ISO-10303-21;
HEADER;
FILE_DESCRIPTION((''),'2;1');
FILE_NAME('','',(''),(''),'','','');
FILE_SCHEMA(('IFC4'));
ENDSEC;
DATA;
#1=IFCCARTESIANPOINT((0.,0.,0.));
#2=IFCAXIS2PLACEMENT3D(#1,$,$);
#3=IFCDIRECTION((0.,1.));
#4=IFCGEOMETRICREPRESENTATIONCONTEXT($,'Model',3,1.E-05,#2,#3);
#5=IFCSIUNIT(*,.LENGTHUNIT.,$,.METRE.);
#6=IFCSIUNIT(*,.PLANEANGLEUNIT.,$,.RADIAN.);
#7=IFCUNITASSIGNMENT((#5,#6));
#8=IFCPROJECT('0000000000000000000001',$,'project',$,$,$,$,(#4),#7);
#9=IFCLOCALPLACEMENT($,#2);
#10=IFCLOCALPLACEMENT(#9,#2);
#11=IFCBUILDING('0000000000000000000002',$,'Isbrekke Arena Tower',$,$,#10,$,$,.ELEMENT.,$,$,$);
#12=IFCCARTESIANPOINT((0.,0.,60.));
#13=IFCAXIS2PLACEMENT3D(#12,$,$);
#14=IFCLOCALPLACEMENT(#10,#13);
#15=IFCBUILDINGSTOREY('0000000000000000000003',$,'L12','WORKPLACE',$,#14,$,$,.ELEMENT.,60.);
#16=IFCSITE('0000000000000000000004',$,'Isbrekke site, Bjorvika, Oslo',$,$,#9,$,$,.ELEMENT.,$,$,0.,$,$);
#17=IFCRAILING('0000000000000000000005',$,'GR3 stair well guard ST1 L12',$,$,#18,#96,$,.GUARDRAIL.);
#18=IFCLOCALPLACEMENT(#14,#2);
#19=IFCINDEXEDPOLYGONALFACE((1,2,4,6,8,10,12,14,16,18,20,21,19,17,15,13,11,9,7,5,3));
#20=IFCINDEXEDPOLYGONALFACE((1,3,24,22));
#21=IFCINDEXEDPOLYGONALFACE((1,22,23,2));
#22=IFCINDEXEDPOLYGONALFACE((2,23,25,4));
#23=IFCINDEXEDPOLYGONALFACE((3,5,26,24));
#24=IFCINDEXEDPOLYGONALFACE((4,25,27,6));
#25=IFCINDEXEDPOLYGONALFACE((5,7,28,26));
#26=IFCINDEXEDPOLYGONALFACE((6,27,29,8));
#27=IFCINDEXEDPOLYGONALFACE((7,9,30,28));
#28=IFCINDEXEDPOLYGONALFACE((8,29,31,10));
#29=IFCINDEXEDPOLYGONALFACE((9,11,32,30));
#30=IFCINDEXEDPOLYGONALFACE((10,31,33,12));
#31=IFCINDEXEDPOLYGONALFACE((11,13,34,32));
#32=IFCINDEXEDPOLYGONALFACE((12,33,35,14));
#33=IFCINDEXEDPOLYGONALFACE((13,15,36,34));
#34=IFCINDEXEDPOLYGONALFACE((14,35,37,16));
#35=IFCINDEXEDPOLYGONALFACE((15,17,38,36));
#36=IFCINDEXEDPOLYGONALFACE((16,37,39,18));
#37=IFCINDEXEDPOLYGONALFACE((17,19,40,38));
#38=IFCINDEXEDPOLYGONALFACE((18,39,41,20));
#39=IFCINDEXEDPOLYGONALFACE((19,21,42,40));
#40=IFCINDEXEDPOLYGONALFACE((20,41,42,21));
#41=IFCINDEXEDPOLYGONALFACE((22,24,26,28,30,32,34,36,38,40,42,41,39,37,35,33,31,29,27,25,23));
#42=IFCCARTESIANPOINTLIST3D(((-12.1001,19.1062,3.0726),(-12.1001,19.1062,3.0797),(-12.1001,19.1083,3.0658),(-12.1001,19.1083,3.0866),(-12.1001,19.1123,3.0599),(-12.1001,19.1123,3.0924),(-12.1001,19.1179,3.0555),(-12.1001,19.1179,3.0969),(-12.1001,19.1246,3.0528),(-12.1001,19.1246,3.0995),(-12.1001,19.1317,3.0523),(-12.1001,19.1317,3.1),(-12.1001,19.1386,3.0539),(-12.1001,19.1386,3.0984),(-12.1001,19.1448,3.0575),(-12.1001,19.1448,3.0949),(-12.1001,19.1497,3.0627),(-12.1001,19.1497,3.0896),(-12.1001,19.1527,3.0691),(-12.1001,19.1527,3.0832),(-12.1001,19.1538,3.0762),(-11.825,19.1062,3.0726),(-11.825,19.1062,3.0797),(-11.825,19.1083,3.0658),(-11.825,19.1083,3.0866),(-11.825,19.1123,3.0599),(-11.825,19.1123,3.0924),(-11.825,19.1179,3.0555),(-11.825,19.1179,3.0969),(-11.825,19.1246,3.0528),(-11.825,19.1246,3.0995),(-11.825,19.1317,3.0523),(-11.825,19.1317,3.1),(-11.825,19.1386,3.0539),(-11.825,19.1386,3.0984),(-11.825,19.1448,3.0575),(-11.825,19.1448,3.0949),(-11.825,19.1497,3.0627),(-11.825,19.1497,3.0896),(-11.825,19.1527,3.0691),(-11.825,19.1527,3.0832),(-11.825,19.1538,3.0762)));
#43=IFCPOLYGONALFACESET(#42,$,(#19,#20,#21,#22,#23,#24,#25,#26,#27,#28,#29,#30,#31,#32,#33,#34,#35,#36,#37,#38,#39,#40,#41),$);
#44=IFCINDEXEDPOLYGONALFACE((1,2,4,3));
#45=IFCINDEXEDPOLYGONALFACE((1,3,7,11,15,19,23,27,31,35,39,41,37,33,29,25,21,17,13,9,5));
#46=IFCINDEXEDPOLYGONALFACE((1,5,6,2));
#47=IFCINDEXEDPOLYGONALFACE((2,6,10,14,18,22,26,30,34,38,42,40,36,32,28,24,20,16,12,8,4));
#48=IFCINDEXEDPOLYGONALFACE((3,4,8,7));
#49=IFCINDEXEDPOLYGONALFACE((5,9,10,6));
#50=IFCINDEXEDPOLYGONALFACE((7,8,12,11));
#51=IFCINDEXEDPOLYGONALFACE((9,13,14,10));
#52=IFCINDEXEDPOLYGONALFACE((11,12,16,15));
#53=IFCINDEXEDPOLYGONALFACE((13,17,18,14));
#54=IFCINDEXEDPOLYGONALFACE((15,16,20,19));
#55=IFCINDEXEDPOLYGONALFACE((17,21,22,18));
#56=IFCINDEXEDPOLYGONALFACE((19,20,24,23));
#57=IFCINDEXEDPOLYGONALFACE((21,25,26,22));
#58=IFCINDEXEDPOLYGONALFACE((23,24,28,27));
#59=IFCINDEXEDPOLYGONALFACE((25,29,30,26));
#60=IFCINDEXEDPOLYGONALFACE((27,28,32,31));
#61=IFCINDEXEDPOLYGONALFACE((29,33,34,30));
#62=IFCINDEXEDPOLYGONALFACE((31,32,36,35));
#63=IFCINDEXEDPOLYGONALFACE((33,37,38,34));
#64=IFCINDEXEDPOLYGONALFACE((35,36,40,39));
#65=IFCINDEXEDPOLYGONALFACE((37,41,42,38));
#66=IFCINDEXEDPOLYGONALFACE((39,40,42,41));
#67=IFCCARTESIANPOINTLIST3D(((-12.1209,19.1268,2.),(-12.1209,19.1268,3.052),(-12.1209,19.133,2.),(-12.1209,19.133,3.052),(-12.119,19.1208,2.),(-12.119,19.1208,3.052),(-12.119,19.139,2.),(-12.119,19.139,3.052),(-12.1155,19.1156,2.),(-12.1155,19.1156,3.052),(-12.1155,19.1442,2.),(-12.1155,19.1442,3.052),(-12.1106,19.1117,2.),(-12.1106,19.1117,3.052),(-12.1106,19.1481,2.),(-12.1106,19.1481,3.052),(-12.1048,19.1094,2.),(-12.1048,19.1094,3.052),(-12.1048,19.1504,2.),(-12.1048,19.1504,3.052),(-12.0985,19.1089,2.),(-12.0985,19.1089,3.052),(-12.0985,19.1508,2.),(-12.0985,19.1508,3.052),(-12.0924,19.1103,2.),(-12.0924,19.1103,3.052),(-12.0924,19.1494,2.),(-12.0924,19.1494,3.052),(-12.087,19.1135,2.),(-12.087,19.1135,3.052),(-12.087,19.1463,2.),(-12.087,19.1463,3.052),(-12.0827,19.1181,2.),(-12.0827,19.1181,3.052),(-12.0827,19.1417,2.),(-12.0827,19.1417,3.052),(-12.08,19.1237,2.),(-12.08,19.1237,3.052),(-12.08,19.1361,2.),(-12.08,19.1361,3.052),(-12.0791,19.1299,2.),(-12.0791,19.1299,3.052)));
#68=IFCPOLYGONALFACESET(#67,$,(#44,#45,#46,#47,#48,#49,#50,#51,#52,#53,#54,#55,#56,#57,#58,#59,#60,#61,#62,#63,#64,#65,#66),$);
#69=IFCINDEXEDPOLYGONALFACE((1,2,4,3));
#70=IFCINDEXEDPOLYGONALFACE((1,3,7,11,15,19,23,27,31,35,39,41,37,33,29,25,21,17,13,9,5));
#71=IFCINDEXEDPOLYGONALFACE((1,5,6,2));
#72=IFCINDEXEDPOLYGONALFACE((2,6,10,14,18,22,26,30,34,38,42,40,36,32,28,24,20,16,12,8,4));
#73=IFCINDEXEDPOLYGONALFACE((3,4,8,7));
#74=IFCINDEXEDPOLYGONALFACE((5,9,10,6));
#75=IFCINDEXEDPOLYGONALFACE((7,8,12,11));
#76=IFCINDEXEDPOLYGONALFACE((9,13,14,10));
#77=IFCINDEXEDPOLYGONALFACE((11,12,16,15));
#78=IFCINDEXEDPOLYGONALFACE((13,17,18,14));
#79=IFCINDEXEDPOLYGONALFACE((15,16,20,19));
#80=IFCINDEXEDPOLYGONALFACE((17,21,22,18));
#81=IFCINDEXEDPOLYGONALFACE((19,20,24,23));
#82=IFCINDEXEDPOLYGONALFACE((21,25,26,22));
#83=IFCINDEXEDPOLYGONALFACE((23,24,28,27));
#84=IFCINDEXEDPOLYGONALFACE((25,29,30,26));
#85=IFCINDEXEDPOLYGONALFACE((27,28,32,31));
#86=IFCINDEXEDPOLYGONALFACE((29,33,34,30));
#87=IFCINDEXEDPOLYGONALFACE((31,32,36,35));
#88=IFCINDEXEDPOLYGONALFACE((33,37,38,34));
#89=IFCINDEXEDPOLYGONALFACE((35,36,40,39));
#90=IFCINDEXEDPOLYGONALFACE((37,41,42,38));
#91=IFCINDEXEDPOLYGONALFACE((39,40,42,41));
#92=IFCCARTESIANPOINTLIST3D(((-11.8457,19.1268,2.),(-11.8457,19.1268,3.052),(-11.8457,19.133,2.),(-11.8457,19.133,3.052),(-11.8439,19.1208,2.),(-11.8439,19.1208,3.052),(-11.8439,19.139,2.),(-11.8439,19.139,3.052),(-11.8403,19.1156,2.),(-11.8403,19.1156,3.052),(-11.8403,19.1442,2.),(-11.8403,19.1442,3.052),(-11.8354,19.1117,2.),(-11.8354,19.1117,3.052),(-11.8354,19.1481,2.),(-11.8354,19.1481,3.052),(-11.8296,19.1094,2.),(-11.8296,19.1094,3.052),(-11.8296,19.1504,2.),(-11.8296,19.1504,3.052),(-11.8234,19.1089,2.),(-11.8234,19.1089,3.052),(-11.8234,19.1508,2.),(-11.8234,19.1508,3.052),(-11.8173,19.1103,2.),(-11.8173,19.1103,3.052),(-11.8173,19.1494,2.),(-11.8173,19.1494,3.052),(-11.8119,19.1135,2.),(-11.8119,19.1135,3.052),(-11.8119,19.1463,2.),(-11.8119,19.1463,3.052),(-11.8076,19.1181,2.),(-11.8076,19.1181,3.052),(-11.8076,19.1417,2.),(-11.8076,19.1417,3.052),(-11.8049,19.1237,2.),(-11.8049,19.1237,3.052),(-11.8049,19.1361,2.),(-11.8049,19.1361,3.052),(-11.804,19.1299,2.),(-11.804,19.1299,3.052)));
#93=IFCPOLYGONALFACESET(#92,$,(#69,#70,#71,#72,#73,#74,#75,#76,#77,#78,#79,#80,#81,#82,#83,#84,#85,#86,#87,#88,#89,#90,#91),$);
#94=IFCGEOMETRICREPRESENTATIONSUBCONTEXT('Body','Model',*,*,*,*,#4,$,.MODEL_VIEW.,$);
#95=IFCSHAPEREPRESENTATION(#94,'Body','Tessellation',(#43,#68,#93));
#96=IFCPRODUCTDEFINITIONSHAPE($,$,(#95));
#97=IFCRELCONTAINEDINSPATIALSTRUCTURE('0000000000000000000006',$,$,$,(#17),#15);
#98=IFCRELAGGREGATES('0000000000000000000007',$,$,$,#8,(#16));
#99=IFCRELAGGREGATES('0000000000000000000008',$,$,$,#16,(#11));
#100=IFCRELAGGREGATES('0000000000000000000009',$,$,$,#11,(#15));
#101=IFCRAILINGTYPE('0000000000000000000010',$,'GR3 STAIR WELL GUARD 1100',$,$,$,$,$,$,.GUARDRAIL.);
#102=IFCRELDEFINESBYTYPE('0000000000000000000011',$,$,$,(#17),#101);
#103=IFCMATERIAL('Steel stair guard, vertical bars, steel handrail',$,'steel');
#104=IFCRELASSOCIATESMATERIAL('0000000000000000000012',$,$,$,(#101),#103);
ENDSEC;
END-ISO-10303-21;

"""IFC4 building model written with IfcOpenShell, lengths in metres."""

from ifc_helpers import new_model, si_unit, direction, frame, origin, origin_2d, place, context, subcontext, project, spatial, circle, extrude, material, type_object, element, save


model = new_model("IFC4")

# Units and contexts
model_context = context("Model", 3, precision=1e-05, world=origin(), true_north=direction((0.0, 1.0)))
body_context = subcontext(model_context, "Body", "Model", "MODEL_VIEW")
ifc_project = project(units=[si_unit("LENGTHUNIT", "METRE"), si_unit("PLANEANGLEUNIT", "RADIAN")], contexts=[model_context])

# Site, building, storey
site_placement = place(None, origin())
site = spatial("IfcSite", under=ifc_project, at=site_placement, Name="Isbrekke site, Bjorvika, Oslo", CompositionType="ELEMENT", RefElevation=0.0)
building_placement = place(site_placement, origin())
building = spatial("IfcBuilding", under=site, at=building_placement, Name="Isbrekke Arena Tower", CompositionType="ELEMENT")
storey_placement = place(building_placement, frame((0.0, 0.0, 60.0)))
storey = spatial("IfcBuildingStorey", under=building, at=storey_placement, Name="L12", Description="WORKPLACE", CompositionType="ELEMENT", Elevation=60.0)

# Railing
ifc_material_1 = material(Name="Steel stair guard, vertical bars, steel handrail", Category="steel")
railing_type = type_object("IfcRailingType", Name="GR3 STAIR WELL GUARD 1100", PredefinedType="GUARDRAIL", material=ifc_material_1)
for number, where, name in (
    (1, (-12.1001, 19.1299, 2.0), "GR3 stair well guard ST1 L12"),
):
    element("IfcRailing", number, at=place(storey_placement, frame(where)), inside=storey, type_object=railing_type, Name=name, PredefinedType="GUARDRAIL", context=body_context, shape_type="SweptSolid", body=[
        extrude(circle(Radius=0.0239, at=origin_2d()), frame((0.0, 0.0, 1.0762), z_axis=(1.0, 0.0, 0.0), x_axis=(0.0, 1.0, 0.0)), (0.0, 0.0, 1.0), 0.2751),
        extrude(circle(Radius=0.021, at=origin_2d()), origin(), (0.0, 0.0, 1.0), 1.052),
        extrude(circle(Radius=0.021, at=origin_2d()), frame((0.2751, 0.0, 0.0)), (0.0, 0.0, 1.0), 1.052),
    ])

save(model, "model.ifc")
